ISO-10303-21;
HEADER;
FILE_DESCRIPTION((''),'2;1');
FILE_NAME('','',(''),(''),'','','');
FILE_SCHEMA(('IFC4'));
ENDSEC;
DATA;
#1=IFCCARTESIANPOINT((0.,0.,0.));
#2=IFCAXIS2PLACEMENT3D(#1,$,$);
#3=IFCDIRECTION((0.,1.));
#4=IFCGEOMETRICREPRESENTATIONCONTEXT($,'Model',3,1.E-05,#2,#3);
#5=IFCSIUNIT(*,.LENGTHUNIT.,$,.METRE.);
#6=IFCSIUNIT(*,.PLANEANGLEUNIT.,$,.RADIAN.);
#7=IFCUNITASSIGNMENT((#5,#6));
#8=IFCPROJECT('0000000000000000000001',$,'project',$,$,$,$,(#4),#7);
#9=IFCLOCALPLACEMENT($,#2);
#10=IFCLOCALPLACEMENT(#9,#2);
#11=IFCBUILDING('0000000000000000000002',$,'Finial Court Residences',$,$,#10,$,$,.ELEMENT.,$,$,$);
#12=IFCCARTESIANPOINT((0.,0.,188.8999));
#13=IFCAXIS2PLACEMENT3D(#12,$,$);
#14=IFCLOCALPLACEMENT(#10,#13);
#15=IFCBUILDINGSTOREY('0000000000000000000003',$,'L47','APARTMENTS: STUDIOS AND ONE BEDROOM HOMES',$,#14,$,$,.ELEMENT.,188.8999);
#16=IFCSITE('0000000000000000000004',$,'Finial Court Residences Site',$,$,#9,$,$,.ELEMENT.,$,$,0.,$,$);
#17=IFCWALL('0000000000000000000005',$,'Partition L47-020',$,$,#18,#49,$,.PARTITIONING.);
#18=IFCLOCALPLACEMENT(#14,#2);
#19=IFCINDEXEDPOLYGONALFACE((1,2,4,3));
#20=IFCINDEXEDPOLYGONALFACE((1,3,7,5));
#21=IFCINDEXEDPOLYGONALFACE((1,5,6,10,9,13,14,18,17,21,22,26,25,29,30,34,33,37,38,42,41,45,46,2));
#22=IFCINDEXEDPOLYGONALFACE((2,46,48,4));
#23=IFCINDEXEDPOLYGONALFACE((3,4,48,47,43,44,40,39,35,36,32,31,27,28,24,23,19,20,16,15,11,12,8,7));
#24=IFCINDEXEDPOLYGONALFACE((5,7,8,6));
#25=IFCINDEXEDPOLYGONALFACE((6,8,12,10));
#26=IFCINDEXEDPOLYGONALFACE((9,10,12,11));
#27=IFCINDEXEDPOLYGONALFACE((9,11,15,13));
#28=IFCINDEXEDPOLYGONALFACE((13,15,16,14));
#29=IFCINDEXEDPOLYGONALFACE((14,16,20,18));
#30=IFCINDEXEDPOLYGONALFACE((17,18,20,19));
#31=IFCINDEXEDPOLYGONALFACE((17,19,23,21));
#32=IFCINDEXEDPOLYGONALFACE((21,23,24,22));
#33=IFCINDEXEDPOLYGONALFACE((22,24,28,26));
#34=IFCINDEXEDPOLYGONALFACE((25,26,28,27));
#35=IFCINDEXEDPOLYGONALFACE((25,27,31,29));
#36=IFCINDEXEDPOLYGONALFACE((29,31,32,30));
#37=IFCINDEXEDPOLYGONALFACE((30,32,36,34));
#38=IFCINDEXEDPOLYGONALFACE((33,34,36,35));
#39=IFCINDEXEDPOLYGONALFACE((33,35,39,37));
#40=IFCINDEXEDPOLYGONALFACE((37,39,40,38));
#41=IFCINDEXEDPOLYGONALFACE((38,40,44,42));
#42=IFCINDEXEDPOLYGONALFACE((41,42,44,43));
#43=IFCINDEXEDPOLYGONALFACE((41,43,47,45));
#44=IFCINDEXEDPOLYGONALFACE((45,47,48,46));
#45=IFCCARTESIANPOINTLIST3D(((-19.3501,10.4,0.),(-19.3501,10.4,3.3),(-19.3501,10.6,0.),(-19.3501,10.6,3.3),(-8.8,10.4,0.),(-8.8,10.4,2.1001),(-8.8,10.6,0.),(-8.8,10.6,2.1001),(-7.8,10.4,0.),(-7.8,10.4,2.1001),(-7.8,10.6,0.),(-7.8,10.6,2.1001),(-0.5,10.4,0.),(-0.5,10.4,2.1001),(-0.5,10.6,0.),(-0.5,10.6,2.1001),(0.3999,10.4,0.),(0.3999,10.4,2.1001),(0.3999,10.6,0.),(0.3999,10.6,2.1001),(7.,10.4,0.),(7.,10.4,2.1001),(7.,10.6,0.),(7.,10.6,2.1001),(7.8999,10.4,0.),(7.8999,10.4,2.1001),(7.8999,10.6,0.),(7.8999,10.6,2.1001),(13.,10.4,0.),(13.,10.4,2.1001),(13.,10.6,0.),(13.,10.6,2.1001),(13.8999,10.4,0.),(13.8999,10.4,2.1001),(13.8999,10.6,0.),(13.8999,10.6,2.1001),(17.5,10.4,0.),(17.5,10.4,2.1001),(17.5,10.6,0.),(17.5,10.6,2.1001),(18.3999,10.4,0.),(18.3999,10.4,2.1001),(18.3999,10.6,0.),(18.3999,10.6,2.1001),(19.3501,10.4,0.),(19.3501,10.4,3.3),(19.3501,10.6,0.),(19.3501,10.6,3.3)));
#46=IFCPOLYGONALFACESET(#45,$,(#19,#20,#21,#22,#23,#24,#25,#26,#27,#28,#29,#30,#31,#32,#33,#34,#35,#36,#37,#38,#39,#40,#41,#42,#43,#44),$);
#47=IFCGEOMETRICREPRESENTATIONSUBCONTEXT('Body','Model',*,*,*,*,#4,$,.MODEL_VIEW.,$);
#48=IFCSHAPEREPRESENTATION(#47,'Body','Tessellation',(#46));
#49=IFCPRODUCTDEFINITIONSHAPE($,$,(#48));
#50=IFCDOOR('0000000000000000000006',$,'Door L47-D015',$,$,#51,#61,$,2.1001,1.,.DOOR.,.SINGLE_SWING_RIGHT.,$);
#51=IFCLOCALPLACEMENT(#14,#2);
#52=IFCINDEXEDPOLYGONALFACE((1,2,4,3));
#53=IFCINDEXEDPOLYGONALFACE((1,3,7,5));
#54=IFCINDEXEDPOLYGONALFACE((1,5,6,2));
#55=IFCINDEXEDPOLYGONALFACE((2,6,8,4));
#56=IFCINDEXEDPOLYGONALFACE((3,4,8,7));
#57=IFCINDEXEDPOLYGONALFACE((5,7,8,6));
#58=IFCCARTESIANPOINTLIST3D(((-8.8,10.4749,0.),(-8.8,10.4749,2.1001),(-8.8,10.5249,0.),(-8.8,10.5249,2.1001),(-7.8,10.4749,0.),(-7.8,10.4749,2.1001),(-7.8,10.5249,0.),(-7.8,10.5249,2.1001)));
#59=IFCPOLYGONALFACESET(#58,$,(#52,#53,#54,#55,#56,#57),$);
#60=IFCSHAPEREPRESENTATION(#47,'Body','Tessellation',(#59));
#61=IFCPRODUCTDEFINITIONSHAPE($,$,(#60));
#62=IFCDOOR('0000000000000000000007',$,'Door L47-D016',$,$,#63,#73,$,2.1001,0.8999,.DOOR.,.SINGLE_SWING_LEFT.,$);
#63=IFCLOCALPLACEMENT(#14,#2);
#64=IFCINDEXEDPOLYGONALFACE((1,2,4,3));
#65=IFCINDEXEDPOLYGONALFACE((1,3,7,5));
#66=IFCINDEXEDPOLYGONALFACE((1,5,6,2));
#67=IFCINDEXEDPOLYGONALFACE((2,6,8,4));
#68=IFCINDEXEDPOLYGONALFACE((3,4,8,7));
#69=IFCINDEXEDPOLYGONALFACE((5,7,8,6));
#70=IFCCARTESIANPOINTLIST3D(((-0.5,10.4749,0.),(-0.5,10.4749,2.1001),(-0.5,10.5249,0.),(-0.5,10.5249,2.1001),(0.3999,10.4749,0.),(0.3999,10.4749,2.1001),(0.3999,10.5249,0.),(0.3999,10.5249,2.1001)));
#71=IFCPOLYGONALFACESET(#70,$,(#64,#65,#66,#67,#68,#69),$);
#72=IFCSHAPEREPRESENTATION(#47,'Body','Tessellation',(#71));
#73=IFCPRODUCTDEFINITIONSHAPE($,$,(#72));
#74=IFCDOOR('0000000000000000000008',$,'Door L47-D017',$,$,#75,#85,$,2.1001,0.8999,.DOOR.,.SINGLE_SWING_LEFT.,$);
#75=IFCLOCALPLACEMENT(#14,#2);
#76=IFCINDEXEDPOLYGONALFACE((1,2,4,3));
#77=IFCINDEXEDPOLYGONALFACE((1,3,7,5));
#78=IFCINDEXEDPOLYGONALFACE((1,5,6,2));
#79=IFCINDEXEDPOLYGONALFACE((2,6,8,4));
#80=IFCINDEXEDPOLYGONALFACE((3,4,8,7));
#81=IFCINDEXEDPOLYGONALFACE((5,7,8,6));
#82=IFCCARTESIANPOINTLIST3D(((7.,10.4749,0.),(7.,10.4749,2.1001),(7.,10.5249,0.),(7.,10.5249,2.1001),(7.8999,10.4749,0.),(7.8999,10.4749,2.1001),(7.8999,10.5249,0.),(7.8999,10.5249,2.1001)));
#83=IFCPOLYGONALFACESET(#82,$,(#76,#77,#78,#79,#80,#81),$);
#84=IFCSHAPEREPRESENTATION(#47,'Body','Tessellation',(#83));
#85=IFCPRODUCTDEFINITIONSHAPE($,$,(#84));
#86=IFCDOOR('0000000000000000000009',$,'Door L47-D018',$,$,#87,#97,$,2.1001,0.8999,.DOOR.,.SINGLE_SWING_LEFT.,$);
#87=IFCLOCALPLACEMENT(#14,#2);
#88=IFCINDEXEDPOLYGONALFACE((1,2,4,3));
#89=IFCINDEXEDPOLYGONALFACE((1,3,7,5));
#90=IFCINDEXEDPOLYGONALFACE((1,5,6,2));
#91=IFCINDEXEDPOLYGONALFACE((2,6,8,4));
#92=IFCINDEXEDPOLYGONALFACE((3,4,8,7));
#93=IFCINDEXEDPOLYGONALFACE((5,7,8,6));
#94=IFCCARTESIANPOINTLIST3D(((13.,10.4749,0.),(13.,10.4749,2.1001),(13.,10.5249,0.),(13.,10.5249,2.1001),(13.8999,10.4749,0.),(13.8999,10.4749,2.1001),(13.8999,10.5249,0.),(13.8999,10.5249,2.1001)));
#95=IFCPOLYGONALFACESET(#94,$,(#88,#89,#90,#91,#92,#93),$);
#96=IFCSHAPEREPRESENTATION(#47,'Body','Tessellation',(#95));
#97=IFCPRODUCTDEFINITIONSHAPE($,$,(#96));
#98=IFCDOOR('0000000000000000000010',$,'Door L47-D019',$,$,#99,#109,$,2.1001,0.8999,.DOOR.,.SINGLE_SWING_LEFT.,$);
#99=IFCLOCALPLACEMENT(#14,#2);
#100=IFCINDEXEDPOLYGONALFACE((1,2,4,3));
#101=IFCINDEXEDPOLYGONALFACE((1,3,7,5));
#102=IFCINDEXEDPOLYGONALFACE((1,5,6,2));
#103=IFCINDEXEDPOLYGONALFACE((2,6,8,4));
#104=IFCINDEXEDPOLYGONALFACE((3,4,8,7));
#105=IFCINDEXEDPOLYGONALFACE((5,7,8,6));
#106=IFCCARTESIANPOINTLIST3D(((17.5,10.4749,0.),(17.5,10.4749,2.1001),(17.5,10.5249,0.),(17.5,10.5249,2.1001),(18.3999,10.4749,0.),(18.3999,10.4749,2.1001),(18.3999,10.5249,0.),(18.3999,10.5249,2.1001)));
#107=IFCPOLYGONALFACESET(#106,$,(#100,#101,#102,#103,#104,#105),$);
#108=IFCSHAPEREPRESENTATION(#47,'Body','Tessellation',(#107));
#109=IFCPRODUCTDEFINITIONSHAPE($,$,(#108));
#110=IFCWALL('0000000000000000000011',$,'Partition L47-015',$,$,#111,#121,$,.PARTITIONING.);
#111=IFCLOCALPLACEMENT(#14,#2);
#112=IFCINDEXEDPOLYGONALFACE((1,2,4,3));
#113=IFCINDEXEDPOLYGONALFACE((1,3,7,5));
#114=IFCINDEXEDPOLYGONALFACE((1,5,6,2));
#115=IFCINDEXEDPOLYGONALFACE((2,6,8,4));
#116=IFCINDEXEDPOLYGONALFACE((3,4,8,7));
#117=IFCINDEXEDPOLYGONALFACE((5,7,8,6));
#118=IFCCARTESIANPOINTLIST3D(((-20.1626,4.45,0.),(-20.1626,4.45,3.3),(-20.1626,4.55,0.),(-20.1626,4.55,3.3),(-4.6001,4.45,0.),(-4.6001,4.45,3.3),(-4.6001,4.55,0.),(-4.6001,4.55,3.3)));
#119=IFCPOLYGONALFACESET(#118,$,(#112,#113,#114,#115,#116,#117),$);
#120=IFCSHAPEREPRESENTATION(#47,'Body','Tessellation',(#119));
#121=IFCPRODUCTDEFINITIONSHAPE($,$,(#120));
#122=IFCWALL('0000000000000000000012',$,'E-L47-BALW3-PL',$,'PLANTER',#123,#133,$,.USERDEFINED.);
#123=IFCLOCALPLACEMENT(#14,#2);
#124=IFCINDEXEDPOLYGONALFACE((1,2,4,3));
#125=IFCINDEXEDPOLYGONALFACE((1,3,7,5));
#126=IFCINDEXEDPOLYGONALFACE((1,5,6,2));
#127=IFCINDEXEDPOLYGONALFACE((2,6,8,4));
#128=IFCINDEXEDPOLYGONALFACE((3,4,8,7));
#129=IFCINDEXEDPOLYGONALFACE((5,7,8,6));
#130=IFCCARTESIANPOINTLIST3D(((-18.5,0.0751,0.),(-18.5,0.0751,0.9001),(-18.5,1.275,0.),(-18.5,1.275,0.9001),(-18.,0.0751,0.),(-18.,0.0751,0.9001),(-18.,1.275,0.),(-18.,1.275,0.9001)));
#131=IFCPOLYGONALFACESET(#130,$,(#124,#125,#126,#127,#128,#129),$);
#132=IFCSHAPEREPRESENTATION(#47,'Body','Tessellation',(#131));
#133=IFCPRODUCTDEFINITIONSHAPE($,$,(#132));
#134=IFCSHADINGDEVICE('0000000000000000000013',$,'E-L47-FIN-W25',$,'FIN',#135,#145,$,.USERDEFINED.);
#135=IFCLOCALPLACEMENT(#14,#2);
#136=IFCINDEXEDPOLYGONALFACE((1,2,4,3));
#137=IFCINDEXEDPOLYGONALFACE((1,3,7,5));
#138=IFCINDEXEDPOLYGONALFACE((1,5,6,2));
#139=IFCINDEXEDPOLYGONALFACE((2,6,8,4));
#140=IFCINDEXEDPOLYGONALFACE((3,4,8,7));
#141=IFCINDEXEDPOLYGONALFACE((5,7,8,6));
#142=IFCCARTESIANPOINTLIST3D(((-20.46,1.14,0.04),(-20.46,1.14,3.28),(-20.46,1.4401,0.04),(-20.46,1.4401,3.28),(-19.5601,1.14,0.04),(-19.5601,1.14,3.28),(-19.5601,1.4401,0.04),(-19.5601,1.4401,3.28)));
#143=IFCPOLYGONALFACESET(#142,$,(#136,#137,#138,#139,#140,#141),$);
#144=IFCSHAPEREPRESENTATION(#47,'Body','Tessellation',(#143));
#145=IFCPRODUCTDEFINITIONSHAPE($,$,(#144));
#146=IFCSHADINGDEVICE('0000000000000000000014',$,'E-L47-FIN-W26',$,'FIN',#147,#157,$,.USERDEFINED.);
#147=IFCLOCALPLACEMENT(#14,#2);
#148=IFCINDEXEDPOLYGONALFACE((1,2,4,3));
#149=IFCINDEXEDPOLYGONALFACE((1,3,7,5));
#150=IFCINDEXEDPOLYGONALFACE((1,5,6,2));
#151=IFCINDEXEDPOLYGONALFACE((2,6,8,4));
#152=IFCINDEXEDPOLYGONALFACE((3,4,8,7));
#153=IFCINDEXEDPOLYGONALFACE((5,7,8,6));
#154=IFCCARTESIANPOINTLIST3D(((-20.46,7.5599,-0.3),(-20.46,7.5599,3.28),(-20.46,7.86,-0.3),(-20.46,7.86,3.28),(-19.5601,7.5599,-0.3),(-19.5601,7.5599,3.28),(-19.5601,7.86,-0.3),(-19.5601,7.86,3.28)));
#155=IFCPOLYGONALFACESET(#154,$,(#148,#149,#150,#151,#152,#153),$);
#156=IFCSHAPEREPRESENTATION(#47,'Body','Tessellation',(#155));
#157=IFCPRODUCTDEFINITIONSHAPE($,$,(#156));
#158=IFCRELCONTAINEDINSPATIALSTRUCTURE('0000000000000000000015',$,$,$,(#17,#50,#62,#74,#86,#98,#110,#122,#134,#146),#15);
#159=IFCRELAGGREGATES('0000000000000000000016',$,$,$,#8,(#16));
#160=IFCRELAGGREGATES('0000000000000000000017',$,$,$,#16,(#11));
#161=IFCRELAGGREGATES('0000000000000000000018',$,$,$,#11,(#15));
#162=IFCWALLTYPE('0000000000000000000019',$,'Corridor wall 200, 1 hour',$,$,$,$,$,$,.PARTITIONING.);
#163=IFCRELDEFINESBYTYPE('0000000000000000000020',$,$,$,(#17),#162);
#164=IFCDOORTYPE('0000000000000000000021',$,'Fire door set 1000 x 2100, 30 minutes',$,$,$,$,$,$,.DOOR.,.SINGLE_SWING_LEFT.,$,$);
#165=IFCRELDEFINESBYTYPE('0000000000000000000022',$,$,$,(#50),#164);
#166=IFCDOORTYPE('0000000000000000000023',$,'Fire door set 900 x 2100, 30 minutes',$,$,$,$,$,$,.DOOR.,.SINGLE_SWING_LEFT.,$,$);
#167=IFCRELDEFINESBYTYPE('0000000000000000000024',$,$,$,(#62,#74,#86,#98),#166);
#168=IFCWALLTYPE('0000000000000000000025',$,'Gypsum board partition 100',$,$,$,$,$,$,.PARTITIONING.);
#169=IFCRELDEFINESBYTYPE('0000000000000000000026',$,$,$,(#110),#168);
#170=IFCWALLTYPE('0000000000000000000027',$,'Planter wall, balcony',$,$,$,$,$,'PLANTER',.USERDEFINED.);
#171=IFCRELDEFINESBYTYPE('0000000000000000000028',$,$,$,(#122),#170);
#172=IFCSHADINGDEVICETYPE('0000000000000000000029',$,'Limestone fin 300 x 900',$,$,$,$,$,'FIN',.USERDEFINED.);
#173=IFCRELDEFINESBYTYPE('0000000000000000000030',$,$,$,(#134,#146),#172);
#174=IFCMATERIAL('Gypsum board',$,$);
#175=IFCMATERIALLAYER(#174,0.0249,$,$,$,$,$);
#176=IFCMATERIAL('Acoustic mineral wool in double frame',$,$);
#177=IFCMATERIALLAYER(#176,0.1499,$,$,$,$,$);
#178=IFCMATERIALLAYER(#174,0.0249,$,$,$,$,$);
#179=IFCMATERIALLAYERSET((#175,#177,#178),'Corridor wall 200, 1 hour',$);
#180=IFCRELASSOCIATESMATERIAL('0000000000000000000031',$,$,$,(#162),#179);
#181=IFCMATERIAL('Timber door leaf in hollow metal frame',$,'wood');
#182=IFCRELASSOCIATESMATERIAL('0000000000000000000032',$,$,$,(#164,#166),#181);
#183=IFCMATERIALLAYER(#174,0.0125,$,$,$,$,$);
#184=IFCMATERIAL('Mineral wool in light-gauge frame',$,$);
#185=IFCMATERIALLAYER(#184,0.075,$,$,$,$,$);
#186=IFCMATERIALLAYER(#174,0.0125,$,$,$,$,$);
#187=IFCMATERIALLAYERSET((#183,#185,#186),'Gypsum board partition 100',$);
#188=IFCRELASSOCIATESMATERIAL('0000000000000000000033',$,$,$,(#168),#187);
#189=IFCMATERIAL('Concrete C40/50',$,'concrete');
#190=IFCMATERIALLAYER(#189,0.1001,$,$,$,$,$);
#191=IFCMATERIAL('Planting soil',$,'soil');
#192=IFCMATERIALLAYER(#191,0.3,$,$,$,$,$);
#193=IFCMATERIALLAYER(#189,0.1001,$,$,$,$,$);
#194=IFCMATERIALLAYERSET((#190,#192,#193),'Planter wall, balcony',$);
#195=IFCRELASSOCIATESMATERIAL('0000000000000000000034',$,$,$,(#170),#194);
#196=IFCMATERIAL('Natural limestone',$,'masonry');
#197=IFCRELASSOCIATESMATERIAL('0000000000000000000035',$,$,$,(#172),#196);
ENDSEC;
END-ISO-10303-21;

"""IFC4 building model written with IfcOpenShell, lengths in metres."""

from ifc_helpers import new_model, si_unit, direction, frame, frame_2d, origin, origin_2d, place, context, subcontext, project, spatial, rectangle, extrude, material, layer, layer_set, type_object, element, fill, save


model = new_model("IFC4")

# Units and contexts
model_context = context("Model", 3, precision=1e-05, world=origin(), true_north=direction((0.0, 1.0)))
body_context = subcontext(model_context, "Body", "Model", "MODEL_VIEW")
ifc_project = project(units=[si_unit("LENGTHUNIT", "METRE"), si_unit("PLANEANGLEUNIT", "RADIAN")], contexts=[model_context])

# Site, building, storey
site_placement = place(None, origin())
site = spatial("IfcSite", under=ifc_project, at=site_placement, Name="Finial Court Residences Site", CompositionType="ELEMENT", RefElevation=0.0)
building_placement = place(site_placement, origin())
building = spatial("IfcBuilding", under=site, at=building_placement, Name="Finial Court Residences", CompositionType="ELEMENT")
storey_placement = place(building_placement, frame((0.0, 0.0, 188.8999)))
storey = spatial("IfcBuildingStorey", under=building, at=storey_placement, Name="L47", Description="APARTMENTS: STUDIOS AND ONE BEDROOM HOMES", CompositionType="ELEMENT", Elevation=188.8999)

# Shared definitions
ifc_material_1 = material(Name="Gypsum board")
ifc_layer_1 = layer(ifc_material_1, 0.0249)
ifc_material_2 = material(Name="Acoustic mineral wool in double frame")
ifc_layer_2 = layer(ifc_material_2, 0.1499)
ifc_layer_3 = layer(ifc_material_1, 0.0249)
ifc_layer_set_1 = layer_set([ifc_layer_1, ifc_layer_2, ifc_layer_3], Name="Corridor wall 200, 1 hour")
wall_type_1 = type_object("IfcWallType", Name="Corridor wall 200, 1 hour", PredefinedType="PARTITIONING", material=ifc_layer_set_1)

# Wall, openings, doors
wall_1_placement = place(storey_placement, frame((-19.3501, 10.5, 0.0), z_axis=(0.0, 0.0, 1.0), x_axis=(1.0, 0.0, 0.0)))
wall_1 = element("IfcWall", 1, at=wall_1_placement, inside=storey, type_object=wall_type_1, Name="Partition L47-020", PredefinedType="PARTITIONING", context=body_context, shape_type="SweptSolid", body=[
    extrude(rectangle(XDim=38.7002, YDim=0.2, at=frame_2d((19.3501, 0.0))), origin(), (0.0, 0.0, 1.0), 3.3),
])
opening_1_placement = place(wall_1_placement, frame((10.55, 0.0, 0.0)))
opening_1 = element("IfcOpeningElement", 2, at=opening_1_placement, cuts=wall_1, PredefinedType="OPENING", context=body_context, shape_type="SweptSolid", body=[
    extrude(rectangle(XDim=1.0, YDim=2.1001, at=frame_2d((0.5, 1.05))), frame((0.0, 0.1099, 0.0), z_axis=(0.0, -1.0, 0.0), x_axis=(1.0, 0.0, 0.0)), (0.0, 0.0, 1.0), 0.22),
])
opening_2_placement = place(wall_1_placement, frame((18.8501, 0.0, 0.0)))
opening_2 = element("IfcOpeningElement", 3, at=opening_2_placement, cuts=wall_1, PredefinedType="OPENING", context=body_context, shape_type="SweptSolid", body=[
    extrude(rectangle(XDim=0.8999, YDim=2.1001, at=frame_2d((0.45, 1.05))), frame((0.0, 0.1099, 0.0), z_axis=(0.0, -1.0, 0.0), x_axis=(1.0, 0.0, 0.0)), (0.0, 0.0, 1.0), 0.22),
])
opening_3_placement = place(wall_1_placement, frame((26.3501, 0.0, 0.0)))
opening_3 = element("IfcOpeningElement", 4, at=opening_3_placement, cuts=wall_1, PredefinedType="OPENING", context=body_context, shape_type="SweptSolid", body=[
    extrude(rectangle(XDim=0.8999, YDim=2.1001, at=frame_2d((0.45, 1.05))), frame((0.0, 0.1099, 0.0), z_axis=(0.0, -1.0, 0.0), x_axis=(1.0, 0.0, 0.0)), (0.0, 0.0, 1.0), 0.22),
])
opening_4_placement = place(wall_1_placement, frame((32.3501, 0.0, 0.0)))
opening_4 = element("IfcOpeningElement", 5, at=opening_4_placement, cuts=wall_1, PredefinedType="OPENING", context=body_context, shape_type="SweptSolid", body=[
    extrude(rectangle(XDim=0.8999, YDim=2.1001, at=frame_2d((0.45, 1.05))), frame((0.0, 0.1099, 0.0), z_axis=(0.0, -1.0, 0.0), x_axis=(1.0, 0.0, 0.0)), (0.0, 0.0, 1.0), 0.22),
])
opening_5_placement = place(wall_1_placement, frame((36.8501, 0.0, 0.0)))
opening_5 = element("IfcOpeningElement", 6, at=opening_5_placement, cuts=wall_1, PredefinedType="OPENING", context=body_context, shape_type="SweptSolid", body=[
    extrude(rectangle(XDim=0.8999, YDim=2.1001, at=frame_2d((0.45, 1.05))), frame((0.0, 0.1099, 0.0), z_axis=(0.0, -1.0, 0.0), x_axis=(1.0, 0.0, 0.0)), (0.0, 0.0, 1.0), 0.22),
])
ifc_material_3 = material(Name="Timber door leaf in hollow metal frame", Category="wood")
door_type_1 = type_object("IfcDoorType", Name="Fire door set 1000 x 2100, 30 minutes", OperationType="SINGLE_SWING_LEFT", PredefinedType="DOOR", material=ifc_material_3)
door_1_placement = place(opening_1_placement, origin())
door_1 = element("IfcDoor", 7, at=door_1_placement, inside=storey, type_object=door_type_1, Name="Door L47-D015", OperationType="SINGLE_SWING_RIGHT", OverallHeight=2.1001, OverallWidth=1.0, PredefinedType="DOOR", context=body_context, shape_type="SweptSolid", body=[
    extrude(rectangle(XDim=1.0, YDim=2.1001, at=frame_2d((0.5, 1.05))), frame((0.0, 0.0249, 0.0), z_axis=(0.0, -1.0, 0.0), x_axis=(1.0, 0.0, 0.0)), (0.0, 0.0, 1.0), 0.05),
])
fill(opening_1, door_1)
door_type_2 = type_object("IfcDoorType", Name="Fire door set 900 x 2100, 30 minutes", OperationType="SINGLE_SWING_LEFT", PredefinedType="DOOR", material=ifc_material_3)
door_2_placement = place(opening_2_placement, origin())
door_2 = element("IfcDoor", 8, at=door_2_placement, inside=storey, type_object=door_type_2, Name="Door L47-D016", OperationType="SINGLE_SWING_LEFT", OverallHeight=2.1001, OverallWidth=0.8999, PredefinedType="DOOR", context=body_context, shape_type="SweptSolid", body=[
    extrude(rectangle(XDim=0.8999, YDim=2.1001, at=frame_2d((0.45, 1.05))), frame((0.0, 0.0249, 0.0), z_axis=(0.0, -1.0, 0.0), x_axis=(1.0, 0.0, 0.0)), (0.0, 0.0, 1.0), 0.05),
])
fill(opening_2, door_2)
door_3_placement = place(opening_3_placement, origin())
door_3 = element("IfcDoor", 9, at=door_3_placement, inside=storey, type_object=door_type_2, Name="Door L47-D017", OperationType="SINGLE_SWING_LEFT", OverallHeight=2.1001, OverallWidth=0.8999, PredefinedType="DOOR", context=body_context, shape_type="SweptSolid", body=[
    extrude(rectangle(XDim=0.8999, YDim=2.1001, at=frame_2d((0.45, 1.05))), frame((0.0, 0.0249, 0.0), z_axis=(0.0, -1.0, 0.0), x_axis=(1.0, 0.0, 0.0)), (0.0, 0.0, 1.0), 0.05),
])
fill(opening_3, door_3)
door_4_placement = place(opening_4_placement, origin())
door_4 = element("IfcDoor", 10, at=door_4_placement, inside=storey, type_object=door_type_2, Name="Door L47-D018", OperationType="SINGLE_SWING_LEFT", OverallHeight=2.1001, OverallWidth=0.8999, PredefinedType="DOOR", context=body_context, shape_type="SweptSolid", body=[
    extrude(rectangle(XDim=0.8999, YDim=2.1001, at=frame_2d((0.45, 1.05))), frame((0.0, 0.0249, 0.0), z_axis=(0.0, -1.0, 0.0), x_axis=(1.0, 0.0, 0.0)), (0.0, 0.0, 1.0), 0.05),
])
fill(opening_4, door_4)
door_5_placement = place(opening_5_placement, origin())
door_5 = element("IfcDoor", 11, at=door_5_placement, inside=storey, type_object=door_type_2, Name="Door L47-D019", OperationType="SINGLE_SWING_LEFT", OverallHeight=2.1001, OverallWidth=0.8999, PredefinedType="DOOR", context=body_context, shape_type="SweptSolid", body=[
    extrude(rectangle(XDim=0.8999, YDim=2.1001, at=frame_2d((0.45, 1.05))), frame((0.0, 0.0249, 0.0), z_axis=(0.0, -1.0, 0.0), x_axis=(1.0, 0.0, 0.0)), (0.0, 0.0, 1.0), 0.05),
])
fill(opening_5, door_5)

# Walls
ifc_layer_4 = layer(ifc_material_1, 0.0125)
ifc_material_4 = material(Name="Mineral wool in light-gauge frame")
ifc_layer_5 = layer(ifc_material_4, 0.075)
ifc_layer_6 = layer(ifc_material_1, 0.0125)
ifc_layer_set_2 = layer_set([ifc_layer_4, ifc_layer_5, ifc_layer_6], Name="Gypsum board partition 100")
wall_type_2 = type_object("IfcWallType", Name="Gypsum board partition 100", PredefinedType="PARTITIONING", material=ifc_layer_set_2)
wall_2_placement = place(storey_placement, frame((-20.1626, 4.5, 0.0), z_axis=(0.0, 0.0, 1.0), x_axis=(1.0, 0.0, 0.0)))
element("IfcWall", 12, at=wall_2_placement, inside=storey, type_object=wall_type_2, Name="Partition L47-015", PredefinedType="PARTITIONING", context=body_context, shape_type="SweptSolid", body=[
    extrude(rectangle(XDim=15.5625, YDim=0.1001, at=frame_2d((7.7812, 0.0))), origin(), (0.0, 0.0, 1.0), 3.3),
])
ifc_material_5 = material(Name="Concrete C40/50", Category="concrete")
ifc_layer_7 = layer(ifc_material_5, 0.1001)
ifc_material_6 = material(Name="Planting soil", Category="soil")
ifc_layer_8 = layer(ifc_material_6, 0.3)
ifc_layer_9 = layer(ifc_material_5, 0.1001)
ifc_layer_set_3 = layer_set([ifc_layer_7, ifc_layer_8, ifc_layer_9], Name="Planter wall, balcony")
wall_type_3 = type_object("IfcWallType", Name="Planter wall, balcony", ElementType="PLANTER", PredefinedType="USERDEFINED", material=ifc_layer_set_3)
wall_3_placement = place(storey_placement, frame((-18.25, 0.075, 0.0), z_axis=(0.0, 0.0, 1.0), x_axis=(0.0, 1.0, 0.0)))
element("IfcWall", 13, at=wall_3_placement, inside=storey, type_object=wall_type_3, Name="E-L47-BALW3-PL", ObjectType="PLANTER", PredefinedType="USERDEFINED", context=body_context, shape_type="SweptSolid", body=[
    extrude(rectangle(XDim=1.2, YDim=0.5, at=frame_2d((0.6001, 0.0))), origin(), (0.0, 0.0, 1.0), 0.9001),
])

# Shading devices
ifc_material_7 = material(Name="Natural limestone", Category="masonry")
shading_device_type = type_object("IfcShadingDeviceType", Name="Limestone fin 300 x 900", ElementType="FIN", PredefinedType="USERDEFINED", material=ifc_material_7)
shading_device_placement = place(storey_placement, frame((-20.01, 1.29, 0.04), z_axis=(0.0, 0.0, 1.0), x_axis=(1.0, 0.0, 0.0)))
element("IfcShadingDevice", 14, at=shading_device_placement, inside=storey, type_object=shading_device_type, Name="E-L47-FIN-W25", ObjectType="FIN", PredefinedType="USERDEFINED", context=body_context, shape_type="SweptSolid", body=[
    extrude(rectangle(XDim=0.8999, YDim=0.3, at=origin_2d()), origin(), (0.0, 0.0, 1.0), 3.24),
])
for number, where, z_axis, x_axis, name in (
    (15, (-20.01, 7.71, -0.3), (0.0, 0.0, 1.0), (1.0, 0.0, 0.0), "E-L47-FIN-W26"),
):
    element("IfcShadingDevice", number, at=place(storey_placement, frame(where, z_axis=z_axis, x_axis=x_axis)), inside=storey, type_object=shading_device_type, Name=name, ObjectType="FIN", PredefinedType="USERDEFINED", context=body_context, shape_type="SweptSolid", body=[
        extrude(rectangle(XDim=0.8999, YDim=0.3, at=origin_2d()), origin(), (0.0, 0.0, 1.0), 3.5801),
    ])

save(model, "model.ifc")
